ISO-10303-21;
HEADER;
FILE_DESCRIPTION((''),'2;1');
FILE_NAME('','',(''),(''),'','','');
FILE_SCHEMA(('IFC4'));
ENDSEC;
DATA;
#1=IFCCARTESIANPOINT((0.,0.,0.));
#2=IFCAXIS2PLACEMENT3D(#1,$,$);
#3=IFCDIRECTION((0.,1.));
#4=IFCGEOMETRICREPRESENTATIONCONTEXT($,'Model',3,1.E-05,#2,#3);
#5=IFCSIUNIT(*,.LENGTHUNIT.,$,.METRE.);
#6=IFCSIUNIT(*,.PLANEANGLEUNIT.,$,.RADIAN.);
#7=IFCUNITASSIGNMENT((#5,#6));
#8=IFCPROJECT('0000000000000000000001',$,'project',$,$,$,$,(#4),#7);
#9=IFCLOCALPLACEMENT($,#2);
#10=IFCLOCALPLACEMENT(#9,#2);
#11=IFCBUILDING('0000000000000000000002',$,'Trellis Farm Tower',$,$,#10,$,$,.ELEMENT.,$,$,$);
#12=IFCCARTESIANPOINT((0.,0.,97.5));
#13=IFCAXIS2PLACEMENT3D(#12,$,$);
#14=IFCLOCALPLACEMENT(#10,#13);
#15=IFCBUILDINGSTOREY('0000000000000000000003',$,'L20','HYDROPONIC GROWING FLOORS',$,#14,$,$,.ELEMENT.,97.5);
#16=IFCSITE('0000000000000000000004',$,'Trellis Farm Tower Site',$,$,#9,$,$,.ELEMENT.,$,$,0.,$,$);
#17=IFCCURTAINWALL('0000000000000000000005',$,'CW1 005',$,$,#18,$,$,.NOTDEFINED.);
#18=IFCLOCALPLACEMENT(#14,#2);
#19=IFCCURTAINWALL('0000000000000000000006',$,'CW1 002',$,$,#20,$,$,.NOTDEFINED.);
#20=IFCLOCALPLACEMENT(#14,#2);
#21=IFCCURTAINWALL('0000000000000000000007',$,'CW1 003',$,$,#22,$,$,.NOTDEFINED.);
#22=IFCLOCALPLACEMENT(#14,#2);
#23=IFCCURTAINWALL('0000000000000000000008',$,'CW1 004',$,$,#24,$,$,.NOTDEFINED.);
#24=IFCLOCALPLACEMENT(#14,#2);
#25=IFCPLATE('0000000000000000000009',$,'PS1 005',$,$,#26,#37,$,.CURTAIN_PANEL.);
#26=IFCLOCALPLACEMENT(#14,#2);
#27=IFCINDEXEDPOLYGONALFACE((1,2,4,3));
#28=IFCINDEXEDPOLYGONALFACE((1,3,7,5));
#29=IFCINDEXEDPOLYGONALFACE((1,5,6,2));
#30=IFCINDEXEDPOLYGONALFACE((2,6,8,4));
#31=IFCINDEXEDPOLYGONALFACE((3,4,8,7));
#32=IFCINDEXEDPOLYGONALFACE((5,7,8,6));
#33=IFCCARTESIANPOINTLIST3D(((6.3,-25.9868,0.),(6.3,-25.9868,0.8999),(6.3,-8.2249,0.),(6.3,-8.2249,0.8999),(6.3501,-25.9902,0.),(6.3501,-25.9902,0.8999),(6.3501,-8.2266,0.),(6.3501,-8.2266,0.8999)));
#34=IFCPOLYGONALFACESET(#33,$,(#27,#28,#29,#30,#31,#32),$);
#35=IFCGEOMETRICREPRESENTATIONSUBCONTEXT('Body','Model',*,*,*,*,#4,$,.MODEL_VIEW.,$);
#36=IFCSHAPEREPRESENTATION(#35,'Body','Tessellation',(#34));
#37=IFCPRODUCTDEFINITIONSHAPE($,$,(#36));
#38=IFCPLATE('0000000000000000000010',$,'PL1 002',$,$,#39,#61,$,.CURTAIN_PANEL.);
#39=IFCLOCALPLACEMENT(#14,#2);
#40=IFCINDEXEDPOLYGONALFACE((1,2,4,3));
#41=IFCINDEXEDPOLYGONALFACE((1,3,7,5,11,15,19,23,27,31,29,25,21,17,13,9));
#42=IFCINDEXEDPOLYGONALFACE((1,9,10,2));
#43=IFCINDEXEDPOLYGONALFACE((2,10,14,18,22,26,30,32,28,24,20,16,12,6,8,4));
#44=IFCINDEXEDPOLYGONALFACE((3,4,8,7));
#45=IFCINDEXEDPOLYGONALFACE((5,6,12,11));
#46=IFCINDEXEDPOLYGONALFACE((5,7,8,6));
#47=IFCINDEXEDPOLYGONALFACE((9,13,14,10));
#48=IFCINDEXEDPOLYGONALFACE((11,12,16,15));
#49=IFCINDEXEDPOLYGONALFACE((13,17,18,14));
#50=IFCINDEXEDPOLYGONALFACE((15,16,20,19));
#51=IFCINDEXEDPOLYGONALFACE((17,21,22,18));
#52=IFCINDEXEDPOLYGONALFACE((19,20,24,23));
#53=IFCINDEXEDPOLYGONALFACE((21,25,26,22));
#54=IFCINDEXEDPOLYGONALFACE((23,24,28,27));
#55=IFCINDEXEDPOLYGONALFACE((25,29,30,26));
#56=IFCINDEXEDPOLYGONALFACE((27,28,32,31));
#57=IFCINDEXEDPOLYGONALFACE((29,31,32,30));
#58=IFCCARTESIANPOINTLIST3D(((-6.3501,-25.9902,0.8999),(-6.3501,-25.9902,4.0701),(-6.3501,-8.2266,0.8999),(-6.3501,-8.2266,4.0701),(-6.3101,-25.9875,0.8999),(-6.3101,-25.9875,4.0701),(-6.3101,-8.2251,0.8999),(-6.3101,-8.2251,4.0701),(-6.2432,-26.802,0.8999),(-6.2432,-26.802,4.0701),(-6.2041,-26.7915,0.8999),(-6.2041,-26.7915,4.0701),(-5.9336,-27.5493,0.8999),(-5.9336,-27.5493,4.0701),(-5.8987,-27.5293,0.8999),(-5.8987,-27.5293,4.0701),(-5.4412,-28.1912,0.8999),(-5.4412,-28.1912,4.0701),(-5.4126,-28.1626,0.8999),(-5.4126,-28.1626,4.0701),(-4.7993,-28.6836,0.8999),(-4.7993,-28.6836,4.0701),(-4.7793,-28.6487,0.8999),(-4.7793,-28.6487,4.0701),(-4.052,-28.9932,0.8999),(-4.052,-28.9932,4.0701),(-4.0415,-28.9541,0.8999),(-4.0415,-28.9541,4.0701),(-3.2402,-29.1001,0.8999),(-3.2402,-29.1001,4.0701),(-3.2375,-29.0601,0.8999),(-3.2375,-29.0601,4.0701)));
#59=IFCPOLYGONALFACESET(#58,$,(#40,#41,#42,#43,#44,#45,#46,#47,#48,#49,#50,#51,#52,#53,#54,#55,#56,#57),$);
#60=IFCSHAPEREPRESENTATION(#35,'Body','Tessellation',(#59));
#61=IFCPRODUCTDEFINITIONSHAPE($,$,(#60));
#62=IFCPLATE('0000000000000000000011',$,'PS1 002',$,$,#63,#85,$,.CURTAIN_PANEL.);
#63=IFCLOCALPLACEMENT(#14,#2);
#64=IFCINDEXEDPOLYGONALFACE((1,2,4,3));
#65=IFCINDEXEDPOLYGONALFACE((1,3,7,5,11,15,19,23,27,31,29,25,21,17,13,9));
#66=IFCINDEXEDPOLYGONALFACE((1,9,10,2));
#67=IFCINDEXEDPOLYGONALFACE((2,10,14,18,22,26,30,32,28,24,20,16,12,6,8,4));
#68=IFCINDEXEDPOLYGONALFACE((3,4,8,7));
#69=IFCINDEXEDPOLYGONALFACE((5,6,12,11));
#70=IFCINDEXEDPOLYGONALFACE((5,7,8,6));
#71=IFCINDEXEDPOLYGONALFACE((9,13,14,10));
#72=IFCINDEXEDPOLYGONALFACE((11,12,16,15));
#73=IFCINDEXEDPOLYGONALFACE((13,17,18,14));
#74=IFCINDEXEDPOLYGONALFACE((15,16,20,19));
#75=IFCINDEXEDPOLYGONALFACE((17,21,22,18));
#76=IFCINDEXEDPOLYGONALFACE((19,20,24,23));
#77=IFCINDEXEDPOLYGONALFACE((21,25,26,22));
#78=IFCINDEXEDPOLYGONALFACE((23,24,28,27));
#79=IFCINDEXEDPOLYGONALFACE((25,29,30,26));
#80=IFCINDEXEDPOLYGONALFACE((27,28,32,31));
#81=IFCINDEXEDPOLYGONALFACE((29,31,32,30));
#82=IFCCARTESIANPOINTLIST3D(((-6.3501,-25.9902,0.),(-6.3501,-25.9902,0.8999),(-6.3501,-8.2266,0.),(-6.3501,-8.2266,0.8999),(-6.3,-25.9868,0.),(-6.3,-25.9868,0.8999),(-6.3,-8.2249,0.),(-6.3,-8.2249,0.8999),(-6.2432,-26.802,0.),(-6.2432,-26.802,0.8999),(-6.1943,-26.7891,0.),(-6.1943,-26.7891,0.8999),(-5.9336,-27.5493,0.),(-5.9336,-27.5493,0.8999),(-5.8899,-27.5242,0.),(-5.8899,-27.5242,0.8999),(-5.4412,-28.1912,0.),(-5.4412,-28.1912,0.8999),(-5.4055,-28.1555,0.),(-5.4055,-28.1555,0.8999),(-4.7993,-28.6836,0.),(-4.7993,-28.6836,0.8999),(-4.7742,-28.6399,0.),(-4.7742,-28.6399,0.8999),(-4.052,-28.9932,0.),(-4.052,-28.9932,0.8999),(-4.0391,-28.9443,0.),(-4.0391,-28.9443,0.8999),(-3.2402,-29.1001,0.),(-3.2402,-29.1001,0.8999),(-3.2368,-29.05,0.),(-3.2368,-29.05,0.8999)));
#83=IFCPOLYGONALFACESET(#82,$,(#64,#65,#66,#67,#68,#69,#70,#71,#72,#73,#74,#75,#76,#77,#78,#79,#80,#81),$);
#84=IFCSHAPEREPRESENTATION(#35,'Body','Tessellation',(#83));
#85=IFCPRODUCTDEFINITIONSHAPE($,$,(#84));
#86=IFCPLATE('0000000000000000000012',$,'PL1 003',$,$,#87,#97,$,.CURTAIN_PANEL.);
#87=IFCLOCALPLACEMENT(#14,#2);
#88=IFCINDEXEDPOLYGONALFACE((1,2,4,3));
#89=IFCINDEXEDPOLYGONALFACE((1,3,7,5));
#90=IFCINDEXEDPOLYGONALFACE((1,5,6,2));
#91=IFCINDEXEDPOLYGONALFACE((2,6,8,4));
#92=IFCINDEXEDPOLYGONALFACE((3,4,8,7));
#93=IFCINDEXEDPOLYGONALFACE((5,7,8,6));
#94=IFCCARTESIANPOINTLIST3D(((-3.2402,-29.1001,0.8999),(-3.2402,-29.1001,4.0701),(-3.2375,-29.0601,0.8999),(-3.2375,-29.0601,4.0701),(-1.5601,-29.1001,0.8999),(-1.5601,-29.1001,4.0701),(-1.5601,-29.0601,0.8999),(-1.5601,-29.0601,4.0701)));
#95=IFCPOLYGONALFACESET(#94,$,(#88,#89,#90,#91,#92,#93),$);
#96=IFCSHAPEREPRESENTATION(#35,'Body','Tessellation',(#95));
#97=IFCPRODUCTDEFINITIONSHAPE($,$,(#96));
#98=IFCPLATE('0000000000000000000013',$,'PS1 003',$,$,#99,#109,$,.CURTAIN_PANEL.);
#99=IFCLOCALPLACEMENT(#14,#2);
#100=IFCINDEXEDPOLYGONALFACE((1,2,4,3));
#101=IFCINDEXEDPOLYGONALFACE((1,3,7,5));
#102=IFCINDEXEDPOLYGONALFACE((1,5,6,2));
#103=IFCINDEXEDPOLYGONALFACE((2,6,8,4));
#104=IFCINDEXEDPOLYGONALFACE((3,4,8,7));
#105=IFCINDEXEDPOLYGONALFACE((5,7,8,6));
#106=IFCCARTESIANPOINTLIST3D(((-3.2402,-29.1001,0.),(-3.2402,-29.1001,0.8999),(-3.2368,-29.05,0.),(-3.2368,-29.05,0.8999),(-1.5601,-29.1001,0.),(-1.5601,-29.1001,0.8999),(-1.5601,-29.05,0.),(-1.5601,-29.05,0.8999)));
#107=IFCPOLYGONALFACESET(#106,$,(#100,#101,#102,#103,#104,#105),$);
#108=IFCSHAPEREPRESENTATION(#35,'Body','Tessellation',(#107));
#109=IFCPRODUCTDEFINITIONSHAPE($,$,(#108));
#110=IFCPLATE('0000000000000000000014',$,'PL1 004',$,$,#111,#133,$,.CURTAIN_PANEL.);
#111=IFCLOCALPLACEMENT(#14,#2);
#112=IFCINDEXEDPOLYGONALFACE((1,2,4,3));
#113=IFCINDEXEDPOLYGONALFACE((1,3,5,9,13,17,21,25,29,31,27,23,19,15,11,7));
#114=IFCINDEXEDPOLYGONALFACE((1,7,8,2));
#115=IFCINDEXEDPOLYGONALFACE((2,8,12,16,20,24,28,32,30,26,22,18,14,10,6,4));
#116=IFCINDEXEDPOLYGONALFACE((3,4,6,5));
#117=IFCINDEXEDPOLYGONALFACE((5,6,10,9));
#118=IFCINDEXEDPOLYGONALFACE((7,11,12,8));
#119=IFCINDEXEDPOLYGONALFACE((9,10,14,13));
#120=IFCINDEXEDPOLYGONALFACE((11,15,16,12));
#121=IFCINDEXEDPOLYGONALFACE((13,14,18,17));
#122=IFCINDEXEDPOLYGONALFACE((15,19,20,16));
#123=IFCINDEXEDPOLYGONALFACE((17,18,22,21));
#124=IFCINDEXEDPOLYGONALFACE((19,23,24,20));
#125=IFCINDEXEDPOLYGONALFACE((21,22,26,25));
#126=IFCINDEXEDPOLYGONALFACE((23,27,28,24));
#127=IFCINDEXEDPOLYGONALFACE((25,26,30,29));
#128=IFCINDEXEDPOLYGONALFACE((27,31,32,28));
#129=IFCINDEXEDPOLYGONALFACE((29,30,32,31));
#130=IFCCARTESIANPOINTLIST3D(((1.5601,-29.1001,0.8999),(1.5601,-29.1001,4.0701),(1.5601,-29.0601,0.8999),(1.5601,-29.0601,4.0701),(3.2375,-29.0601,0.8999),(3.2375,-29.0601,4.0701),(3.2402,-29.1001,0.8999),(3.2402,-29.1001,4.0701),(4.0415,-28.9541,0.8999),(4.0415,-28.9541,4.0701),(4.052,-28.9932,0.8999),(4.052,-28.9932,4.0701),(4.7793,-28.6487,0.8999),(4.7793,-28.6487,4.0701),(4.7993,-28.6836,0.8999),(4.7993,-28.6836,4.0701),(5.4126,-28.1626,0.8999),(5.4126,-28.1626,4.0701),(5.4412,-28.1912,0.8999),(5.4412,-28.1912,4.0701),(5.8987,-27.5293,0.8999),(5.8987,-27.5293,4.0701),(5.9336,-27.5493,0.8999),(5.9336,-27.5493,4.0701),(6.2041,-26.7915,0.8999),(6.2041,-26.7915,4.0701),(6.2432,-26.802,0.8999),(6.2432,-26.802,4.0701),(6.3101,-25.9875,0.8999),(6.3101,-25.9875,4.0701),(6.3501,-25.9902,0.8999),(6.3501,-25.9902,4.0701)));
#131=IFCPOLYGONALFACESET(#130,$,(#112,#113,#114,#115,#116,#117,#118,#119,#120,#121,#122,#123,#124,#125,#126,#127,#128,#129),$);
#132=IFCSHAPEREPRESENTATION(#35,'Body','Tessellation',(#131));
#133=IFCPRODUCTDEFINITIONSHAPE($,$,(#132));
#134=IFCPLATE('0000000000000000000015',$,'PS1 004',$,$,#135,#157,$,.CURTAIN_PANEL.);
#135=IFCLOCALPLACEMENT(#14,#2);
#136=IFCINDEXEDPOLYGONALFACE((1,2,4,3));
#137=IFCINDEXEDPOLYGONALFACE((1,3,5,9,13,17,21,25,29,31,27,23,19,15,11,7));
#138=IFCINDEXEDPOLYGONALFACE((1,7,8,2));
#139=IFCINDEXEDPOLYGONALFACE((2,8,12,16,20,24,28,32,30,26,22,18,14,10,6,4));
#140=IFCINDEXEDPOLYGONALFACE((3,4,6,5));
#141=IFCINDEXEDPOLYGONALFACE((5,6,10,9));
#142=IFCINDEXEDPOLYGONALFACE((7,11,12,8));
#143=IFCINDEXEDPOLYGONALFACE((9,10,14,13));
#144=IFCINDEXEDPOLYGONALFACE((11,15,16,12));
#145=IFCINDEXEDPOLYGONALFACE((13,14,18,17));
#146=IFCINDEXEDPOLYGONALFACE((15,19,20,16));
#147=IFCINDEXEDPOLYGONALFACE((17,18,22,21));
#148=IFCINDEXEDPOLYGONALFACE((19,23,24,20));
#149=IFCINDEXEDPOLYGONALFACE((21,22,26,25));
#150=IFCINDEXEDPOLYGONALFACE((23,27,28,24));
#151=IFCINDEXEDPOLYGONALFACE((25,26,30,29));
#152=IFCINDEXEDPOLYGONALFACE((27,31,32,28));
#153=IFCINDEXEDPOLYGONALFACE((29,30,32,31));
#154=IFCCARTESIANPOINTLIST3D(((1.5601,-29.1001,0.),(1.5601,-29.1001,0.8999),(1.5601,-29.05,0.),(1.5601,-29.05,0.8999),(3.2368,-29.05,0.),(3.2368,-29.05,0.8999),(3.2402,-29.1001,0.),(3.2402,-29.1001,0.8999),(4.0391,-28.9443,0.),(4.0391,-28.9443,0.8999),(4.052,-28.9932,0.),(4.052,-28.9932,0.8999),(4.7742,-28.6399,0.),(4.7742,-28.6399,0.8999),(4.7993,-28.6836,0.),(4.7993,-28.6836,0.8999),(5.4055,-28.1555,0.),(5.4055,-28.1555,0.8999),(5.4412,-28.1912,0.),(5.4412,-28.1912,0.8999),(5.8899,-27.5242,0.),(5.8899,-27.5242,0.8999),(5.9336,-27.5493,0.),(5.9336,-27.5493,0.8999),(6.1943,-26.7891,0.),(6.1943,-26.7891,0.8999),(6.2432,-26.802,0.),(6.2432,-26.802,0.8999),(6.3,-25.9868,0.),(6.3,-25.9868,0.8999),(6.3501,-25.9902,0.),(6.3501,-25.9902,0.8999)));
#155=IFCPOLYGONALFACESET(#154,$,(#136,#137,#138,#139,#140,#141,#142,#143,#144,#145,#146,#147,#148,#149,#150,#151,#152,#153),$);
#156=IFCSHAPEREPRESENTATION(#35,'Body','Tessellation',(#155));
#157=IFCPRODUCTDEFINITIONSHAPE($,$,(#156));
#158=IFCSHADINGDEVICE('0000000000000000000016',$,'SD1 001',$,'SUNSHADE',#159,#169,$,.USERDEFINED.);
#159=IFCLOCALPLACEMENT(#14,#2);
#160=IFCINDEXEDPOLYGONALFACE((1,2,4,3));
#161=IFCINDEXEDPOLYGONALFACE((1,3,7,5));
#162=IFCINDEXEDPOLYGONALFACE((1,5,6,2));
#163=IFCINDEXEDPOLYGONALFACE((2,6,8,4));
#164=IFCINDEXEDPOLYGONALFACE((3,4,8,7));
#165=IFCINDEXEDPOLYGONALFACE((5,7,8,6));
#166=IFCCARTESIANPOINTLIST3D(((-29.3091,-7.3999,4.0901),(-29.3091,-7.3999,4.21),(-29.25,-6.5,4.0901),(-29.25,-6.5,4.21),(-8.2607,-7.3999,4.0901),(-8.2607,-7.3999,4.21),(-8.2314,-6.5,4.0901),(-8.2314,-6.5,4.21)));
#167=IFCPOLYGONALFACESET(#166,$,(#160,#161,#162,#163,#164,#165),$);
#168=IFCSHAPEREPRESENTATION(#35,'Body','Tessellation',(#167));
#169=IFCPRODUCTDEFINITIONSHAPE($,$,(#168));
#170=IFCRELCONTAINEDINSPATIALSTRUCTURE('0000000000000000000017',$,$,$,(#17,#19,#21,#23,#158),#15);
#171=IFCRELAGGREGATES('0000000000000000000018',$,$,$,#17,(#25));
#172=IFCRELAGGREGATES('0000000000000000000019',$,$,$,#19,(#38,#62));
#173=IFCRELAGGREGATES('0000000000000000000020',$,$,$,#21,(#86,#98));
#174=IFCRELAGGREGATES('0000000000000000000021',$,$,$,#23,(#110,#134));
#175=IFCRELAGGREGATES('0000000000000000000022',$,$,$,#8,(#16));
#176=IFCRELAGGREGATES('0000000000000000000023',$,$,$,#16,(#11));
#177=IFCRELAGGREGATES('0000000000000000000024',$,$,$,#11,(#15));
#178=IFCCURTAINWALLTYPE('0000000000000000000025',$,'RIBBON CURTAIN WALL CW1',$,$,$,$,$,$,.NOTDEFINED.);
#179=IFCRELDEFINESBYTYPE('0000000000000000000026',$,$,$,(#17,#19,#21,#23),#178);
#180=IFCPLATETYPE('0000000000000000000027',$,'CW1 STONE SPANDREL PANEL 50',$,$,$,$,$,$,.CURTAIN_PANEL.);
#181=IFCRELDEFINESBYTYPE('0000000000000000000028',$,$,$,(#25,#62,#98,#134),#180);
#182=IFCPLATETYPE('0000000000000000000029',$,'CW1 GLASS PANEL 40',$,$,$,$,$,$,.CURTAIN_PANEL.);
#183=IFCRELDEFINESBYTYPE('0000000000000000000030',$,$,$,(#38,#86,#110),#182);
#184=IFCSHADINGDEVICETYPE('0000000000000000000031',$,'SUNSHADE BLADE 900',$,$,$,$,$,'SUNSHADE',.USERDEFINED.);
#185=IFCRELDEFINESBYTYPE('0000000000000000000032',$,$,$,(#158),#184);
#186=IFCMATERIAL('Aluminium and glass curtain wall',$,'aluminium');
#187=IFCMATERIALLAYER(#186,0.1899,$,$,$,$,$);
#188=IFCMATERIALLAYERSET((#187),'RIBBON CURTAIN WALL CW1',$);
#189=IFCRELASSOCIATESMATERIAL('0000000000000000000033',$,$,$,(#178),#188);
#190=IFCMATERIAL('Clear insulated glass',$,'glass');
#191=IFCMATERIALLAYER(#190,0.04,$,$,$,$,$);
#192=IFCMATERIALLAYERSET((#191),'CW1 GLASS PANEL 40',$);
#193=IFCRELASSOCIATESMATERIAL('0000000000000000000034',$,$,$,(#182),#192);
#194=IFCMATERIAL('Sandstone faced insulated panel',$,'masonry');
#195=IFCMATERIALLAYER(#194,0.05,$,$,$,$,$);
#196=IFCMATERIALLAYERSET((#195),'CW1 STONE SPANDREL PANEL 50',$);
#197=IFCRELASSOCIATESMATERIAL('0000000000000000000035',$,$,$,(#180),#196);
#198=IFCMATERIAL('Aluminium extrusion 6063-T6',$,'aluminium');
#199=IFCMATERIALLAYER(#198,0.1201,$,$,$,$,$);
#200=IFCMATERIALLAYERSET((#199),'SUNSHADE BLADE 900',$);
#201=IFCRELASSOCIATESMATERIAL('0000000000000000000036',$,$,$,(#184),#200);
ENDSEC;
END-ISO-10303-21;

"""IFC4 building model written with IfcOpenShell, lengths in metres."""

from ifc_helpers import new_model, si_unit, direction, frame, origin, place, context, subcontext, project, spatial, polyline, outline, extrude, source, transform, mapped, material, layer, layer_set, type_object, element, aggregate, save


model = new_model("IFC4")

# Units and contexts
model_context = context("Model", 3, precision=1e-05, world=origin(), true_north=direction((0.0, 1.0)))
body_context = subcontext(model_context, "Body", "Model", "MODEL_VIEW")
ifc_project = project(units=[si_unit("LENGTHUNIT", "METRE"), si_unit("PLANEANGLEUNIT", "RADIAN")], contexts=[model_context])

# Site, building, storey
site_placement = place(None, origin())
site = spatial("IfcSite", under=ifc_project, at=site_placement, Name="Trellis Farm Tower Site", CompositionType="ELEMENT", RefElevation=0.0)
building_placement = place(site_placement, origin())
building = spatial("IfcBuilding", under=site, at=building_placement, Name="Trellis Farm Tower", CompositionType="ELEMENT")
storey_placement = place(building_placement, frame((0.0, 0.0, 97.5)))
storey = spatial("IfcBuildingStorey", under=building, at=storey_placement, Name="L20", Description="HYDROPONIC GROWING FLOORS", CompositionType="ELEMENT", Elevation=97.5)

# Curtain walls
ifc_material_1 = material(Name="Aluminium and glass curtain wall", Category="aluminium")
ifc_layer_1 = layer(ifc_material_1, 0.1899)
ifc_layer_set_1 = layer_set([ifc_layer_1], Name="RIBBON CURTAIN WALL CW1")
curtain_wall_type_1 = type_object("IfcCurtainWallType", Name="RIBBON CURTAIN WALL CW1", PredefinedType="NOTDEFINED", material=ifc_layer_set_1)
placement_1 = place(storey_placement, origin())
ifc_material_2 = material(Name="Aluminium extrusion 6063-T6", Category="aluminium")
curtain_wall_1 = element("IfcCurtainWall", 1, at=placement_1, inside=storey, type_object=curtain_wall_type_1, Name="CW1 005", PredefinedType="NOTDEFINED")
curtain_wall_2 = element("IfcCurtainWall", 2, at=placement_1, inside=storey, type_object=curtain_wall_type_1, Name="CW1 002", PredefinedType="NOTDEFINED")
curtain_wall_3 = element("IfcCurtainWall", 3, at=placement_1, inside=storey, type_object=curtain_wall_type_1, Name="CW1 003", PredefinedType="NOTDEFINED")
curtain_wall_4 = element("IfcCurtainWall", 4, at=placement_1, inside=storey, type_object=curtain_wall_type_1, Name="CW1 004", PredefinedType="NOTDEFINED")

# Plates
ifc_material_3 = material(Name="Clear insulated glass", Category="glass")
ifc_layer_2 = layer(ifc_material_3, 0.04)
ifc_layer_set_2 = layer_set([ifc_layer_2], Name="CW1 GLASS PANEL 40")
plate_type_1 = type_object("IfcPlateType", Name="CW1 GLASS PANEL 40", PredefinedType="CURTAIN_PANEL", material=ifc_layer_set_2)
placement_2 = place(storey_placement, frame((0.0, 0.0, 0.8999)))
ifc_material_4 = material(Name="Sandstone faced insulated panel", Category="masonry")
ifc_layer_3 = layer(ifc_material_4, 0.05)
ifc_layer_set_3 = layer_set([ifc_layer_3], Name="CW1 STONE SPANDREL PANEL 50")
plate_type_2 = type_object("IfcPlateType", Name="CW1 STONE SPANDREL PANEL 50", PredefinedType="CURTAIN_PANEL", material=ifc_layer_set_3)
shared_shape_1 = source(origin(), body_context, "Body", "SweptSolid", [
    extrude(outline(polyline([(6.3501, -25.9902), (6.3501, -8.2266), (6.3, -8.2249), (6.3, -25.9868), (6.3501, -25.9902)])), origin(), (0.0, 0.0, 1.0), 0.8999),
])
plate_1 = element("IfcPlate", 5, at=placement_1, type_object=plate_type_2, Name="PS1 005", PredefinedType="CURTAIN_PANEL", context=body_context, shape_type="MappedRepresentation", body=[
    mapped(shared_shape_1, transform((0.0, 0.0, 0.0))),
])
aggregate(curtain_wall_1, [plate_1])
shared_shape_2 = source(origin(), body_context, "Body", "SweptSolid", [
    extrude(outline(polyline([(-6.3501, -8.2266), (-6.3501, -25.9902), (-6.2432, -26.802), (-5.9336, -27.5493), (-5.4412, -28.1912), (-4.7993, -28.6836), (-4.052, -28.9932), (-3.2402, -29.1001), (-3.2375, -29.0601), (-4.0415, -28.9541), (-4.7793, -28.6487), (-5.4126, -28.1626), (-5.8987, -27.5293), (-6.2041, -26.7915), (-6.3101, -25.9875), (-6.3101, -8.2251), (-6.3501, -8.2266)])), origin(), (0.0, 0.0, 1.0), 3.1702),
])
plate_2 = element("IfcPlate", 6, at=placement_2, type_object=plate_type_1, Name="PL1 002", PredefinedType="CURTAIN_PANEL", context=body_context, shape_type="MappedRepresentation", body=[
    mapped(shared_shape_2, transform((0.0, 0.0, 0.0))),
])
shared_shape_3 = source(origin(), body_context, "Body", "SweptSolid", [
    extrude(outline(polyline([(-6.3501, -8.2266), (-6.3501, -25.9902), (-6.2432, -26.802), (-5.9336, -27.5493), (-5.4412, -28.1912), (-4.7993, -28.6836), (-4.052, -28.9932), (-3.2402, -29.1001), (-3.2368, -29.05), (-4.0391, -28.9443), (-4.7742, -28.6399), (-5.4055, -28.1555), (-5.8899, -27.5242), (-6.1943, -26.7891), (-6.3, -25.9868), (-6.3, -8.2249), (-6.3501, -8.2266)])), origin(), (0.0, 0.0, 1.0), 0.8999),
])
plate_3 = element("IfcPlate", 7, at=placement_1, type_object=plate_type_2, Name="PS1 002", PredefinedType="CURTAIN_PANEL", context=body_context, shape_type="MappedRepresentation", body=[
    mapped(shared_shape_3, transform((0.0, 0.0, 0.0))),
])
aggregate(curtain_wall_2, [plate_2, plate_3])
shared_shape_4 = source(origin(), body_context, "Body", "SweptSolid", [
    extrude(outline(polyline([(-3.2402, -29.1001), (-1.5601, -29.1001), (-1.5601, -29.0601), (-3.2375, -29.0601), (-3.2402, -29.1001)])), origin(), (0.0, 0.0, 1.0), 3.1702),
])
plate_4 = element("IfcPlate", 8, at=placement_2, type_object=plate_type_1, Name="PL1 003", PredefinedType="CURTAIN_PANEL", context=body_context, shape_type="MappedRepresentation", body=[
    mapped(shared_shape_4, transform((0.0, 0.0, 0.0))),
])
shared_shape_5 = source(origin(), body_context, "Body", "SweptSolid", [
    extrude(outline(polyline([(-3.2402, -29.1001), (-1.5601, -29.1001), (-1.5601, -29.05), (-3.2368, -29.05), (-3.2402, -29.1001)])), origin(), (0.0, 0.0, 1.0), 0.8999),
])
plate_5 = element("IfcPlate", 9, at=placement_1, type_object=plate_type_2, Name="PS1 003", PredefinedType="CURTAIN_PANEL", context=body_context, shape_type="MappedRepresentation", body=[
    mapped(shared_shape_5, transform((0.0, 0.0, 0.0))),
])
aggregate(curtain_wall_3, [plate_4, plate_5])
shared_shape_6 = source(origin(), body_context, "Body", "SweptSolid", [
    extrude(outline(polyline([(1.5601, -29.1001), (3.2402, -29.1001), (4.052, -28.9932), (4.7993, -28.6836), (5.4412, -28.1912), (5.9336, -27.5493), (6.2432, -26.802), (6.3501, -25.9902), (6.3101, -25.9875), (6.2041, -26.7915), (5.8987, -27.5293), (5.4126, -28.1626), (4.7793, -28.6487), (4.0415, -28.9541), (3.2375, -29.0601), (1.5601, -29.0601), (1.5601, -29.1001)])), origin(), (0.0, 0.0, 1.0), 3.1702),
])
plate_6 = element("IfcPlate", 10, at=placement_2, type_object=plate_type_1, Name="PL1 004", PredefinedType="CURTAIN_PANEL", context=body_context, shape_type="MappedRepresentation", body=[
    mapped(shared_shape_6, transform((0.0, 0.0, 0.0))),
])
shared_shape_7 = source(origin(), body_context, "Body", "SweptSolid", [
    extrude(outline(polyline([(1.5601, -29.1001), (3.2402, -29.1001), (4.052, -28.9932), (4.7993, -28.6836), (5.4412, -28.1912), (5.9336, -27.5493), (6.2432, -26.802), (6.3501, -25.9902), (6.3, -25.9868), (6.1943, -26.7891), (5.8899, -27.5242), (5.4055, -28.1555), (4.7742, -28.6399), (4.0391, -28.9443), (3.2368, -29.05), (1.5601, -29.05), (1.5601, -29.1001)])), origin(), (0.0, 0.0, 1.0), 0.8999),
])
plate_7 = element("IfcPlate", 11, at=placement_1, type_object=plate_type_2, Name="PS1 004", PredefinedType="CURTAIN_PANEL", context=body_context, shape_type="MappedRepresentation", body=[
    mapped(shared_shape_7, transform((0.0, 0.0, 0.0))),
])
aggregate(curtain_wall_4, [plate_6, plate_7])

# Shading device
ifc_layer_4 = layer(ifc_material_2, 0.1201)
ifc_layer_set_4 = layer_set([ifc_layer_4], Name="SUNSHADE BLADE 900")
shading_device_type_1 = type_object("IfcShadingDeviceType", Name="SUNSHADE BLADE 900", ElementType="SUNSHADE", PredefinedType="USERDEFINED", material=ifc_layer_set_4)
shared_shape_8 = source(origin(), body_context, "Body", "SweptSolid", [
    extrude(outline(polyline([(-29.3091, -7.3999), (-8.2607, -7.3999), (-8.2314, -6.5), (-29.25, -6.5), (-29.3091, -7.3999)])), origin(), (0.0, 0.0, 1.0), 0.1199),
])
placement_3 = place(storey_placement, frame((0.0, 0.0, 4.0901)))
element("IfcShadingDevice", 12, at=placement_3, inside=storey, type_object=shading_device_type_1, Name="SD1 001", ObjectType="SUNSHADE", PredefinedType="USERDEFINED", context=body_context, shape_type="MappedRepresentation", body=[
    mapped(shared_shape_8, transform((0.0, 0.0, 0.0))),
])

save(model, "model.ifc")
